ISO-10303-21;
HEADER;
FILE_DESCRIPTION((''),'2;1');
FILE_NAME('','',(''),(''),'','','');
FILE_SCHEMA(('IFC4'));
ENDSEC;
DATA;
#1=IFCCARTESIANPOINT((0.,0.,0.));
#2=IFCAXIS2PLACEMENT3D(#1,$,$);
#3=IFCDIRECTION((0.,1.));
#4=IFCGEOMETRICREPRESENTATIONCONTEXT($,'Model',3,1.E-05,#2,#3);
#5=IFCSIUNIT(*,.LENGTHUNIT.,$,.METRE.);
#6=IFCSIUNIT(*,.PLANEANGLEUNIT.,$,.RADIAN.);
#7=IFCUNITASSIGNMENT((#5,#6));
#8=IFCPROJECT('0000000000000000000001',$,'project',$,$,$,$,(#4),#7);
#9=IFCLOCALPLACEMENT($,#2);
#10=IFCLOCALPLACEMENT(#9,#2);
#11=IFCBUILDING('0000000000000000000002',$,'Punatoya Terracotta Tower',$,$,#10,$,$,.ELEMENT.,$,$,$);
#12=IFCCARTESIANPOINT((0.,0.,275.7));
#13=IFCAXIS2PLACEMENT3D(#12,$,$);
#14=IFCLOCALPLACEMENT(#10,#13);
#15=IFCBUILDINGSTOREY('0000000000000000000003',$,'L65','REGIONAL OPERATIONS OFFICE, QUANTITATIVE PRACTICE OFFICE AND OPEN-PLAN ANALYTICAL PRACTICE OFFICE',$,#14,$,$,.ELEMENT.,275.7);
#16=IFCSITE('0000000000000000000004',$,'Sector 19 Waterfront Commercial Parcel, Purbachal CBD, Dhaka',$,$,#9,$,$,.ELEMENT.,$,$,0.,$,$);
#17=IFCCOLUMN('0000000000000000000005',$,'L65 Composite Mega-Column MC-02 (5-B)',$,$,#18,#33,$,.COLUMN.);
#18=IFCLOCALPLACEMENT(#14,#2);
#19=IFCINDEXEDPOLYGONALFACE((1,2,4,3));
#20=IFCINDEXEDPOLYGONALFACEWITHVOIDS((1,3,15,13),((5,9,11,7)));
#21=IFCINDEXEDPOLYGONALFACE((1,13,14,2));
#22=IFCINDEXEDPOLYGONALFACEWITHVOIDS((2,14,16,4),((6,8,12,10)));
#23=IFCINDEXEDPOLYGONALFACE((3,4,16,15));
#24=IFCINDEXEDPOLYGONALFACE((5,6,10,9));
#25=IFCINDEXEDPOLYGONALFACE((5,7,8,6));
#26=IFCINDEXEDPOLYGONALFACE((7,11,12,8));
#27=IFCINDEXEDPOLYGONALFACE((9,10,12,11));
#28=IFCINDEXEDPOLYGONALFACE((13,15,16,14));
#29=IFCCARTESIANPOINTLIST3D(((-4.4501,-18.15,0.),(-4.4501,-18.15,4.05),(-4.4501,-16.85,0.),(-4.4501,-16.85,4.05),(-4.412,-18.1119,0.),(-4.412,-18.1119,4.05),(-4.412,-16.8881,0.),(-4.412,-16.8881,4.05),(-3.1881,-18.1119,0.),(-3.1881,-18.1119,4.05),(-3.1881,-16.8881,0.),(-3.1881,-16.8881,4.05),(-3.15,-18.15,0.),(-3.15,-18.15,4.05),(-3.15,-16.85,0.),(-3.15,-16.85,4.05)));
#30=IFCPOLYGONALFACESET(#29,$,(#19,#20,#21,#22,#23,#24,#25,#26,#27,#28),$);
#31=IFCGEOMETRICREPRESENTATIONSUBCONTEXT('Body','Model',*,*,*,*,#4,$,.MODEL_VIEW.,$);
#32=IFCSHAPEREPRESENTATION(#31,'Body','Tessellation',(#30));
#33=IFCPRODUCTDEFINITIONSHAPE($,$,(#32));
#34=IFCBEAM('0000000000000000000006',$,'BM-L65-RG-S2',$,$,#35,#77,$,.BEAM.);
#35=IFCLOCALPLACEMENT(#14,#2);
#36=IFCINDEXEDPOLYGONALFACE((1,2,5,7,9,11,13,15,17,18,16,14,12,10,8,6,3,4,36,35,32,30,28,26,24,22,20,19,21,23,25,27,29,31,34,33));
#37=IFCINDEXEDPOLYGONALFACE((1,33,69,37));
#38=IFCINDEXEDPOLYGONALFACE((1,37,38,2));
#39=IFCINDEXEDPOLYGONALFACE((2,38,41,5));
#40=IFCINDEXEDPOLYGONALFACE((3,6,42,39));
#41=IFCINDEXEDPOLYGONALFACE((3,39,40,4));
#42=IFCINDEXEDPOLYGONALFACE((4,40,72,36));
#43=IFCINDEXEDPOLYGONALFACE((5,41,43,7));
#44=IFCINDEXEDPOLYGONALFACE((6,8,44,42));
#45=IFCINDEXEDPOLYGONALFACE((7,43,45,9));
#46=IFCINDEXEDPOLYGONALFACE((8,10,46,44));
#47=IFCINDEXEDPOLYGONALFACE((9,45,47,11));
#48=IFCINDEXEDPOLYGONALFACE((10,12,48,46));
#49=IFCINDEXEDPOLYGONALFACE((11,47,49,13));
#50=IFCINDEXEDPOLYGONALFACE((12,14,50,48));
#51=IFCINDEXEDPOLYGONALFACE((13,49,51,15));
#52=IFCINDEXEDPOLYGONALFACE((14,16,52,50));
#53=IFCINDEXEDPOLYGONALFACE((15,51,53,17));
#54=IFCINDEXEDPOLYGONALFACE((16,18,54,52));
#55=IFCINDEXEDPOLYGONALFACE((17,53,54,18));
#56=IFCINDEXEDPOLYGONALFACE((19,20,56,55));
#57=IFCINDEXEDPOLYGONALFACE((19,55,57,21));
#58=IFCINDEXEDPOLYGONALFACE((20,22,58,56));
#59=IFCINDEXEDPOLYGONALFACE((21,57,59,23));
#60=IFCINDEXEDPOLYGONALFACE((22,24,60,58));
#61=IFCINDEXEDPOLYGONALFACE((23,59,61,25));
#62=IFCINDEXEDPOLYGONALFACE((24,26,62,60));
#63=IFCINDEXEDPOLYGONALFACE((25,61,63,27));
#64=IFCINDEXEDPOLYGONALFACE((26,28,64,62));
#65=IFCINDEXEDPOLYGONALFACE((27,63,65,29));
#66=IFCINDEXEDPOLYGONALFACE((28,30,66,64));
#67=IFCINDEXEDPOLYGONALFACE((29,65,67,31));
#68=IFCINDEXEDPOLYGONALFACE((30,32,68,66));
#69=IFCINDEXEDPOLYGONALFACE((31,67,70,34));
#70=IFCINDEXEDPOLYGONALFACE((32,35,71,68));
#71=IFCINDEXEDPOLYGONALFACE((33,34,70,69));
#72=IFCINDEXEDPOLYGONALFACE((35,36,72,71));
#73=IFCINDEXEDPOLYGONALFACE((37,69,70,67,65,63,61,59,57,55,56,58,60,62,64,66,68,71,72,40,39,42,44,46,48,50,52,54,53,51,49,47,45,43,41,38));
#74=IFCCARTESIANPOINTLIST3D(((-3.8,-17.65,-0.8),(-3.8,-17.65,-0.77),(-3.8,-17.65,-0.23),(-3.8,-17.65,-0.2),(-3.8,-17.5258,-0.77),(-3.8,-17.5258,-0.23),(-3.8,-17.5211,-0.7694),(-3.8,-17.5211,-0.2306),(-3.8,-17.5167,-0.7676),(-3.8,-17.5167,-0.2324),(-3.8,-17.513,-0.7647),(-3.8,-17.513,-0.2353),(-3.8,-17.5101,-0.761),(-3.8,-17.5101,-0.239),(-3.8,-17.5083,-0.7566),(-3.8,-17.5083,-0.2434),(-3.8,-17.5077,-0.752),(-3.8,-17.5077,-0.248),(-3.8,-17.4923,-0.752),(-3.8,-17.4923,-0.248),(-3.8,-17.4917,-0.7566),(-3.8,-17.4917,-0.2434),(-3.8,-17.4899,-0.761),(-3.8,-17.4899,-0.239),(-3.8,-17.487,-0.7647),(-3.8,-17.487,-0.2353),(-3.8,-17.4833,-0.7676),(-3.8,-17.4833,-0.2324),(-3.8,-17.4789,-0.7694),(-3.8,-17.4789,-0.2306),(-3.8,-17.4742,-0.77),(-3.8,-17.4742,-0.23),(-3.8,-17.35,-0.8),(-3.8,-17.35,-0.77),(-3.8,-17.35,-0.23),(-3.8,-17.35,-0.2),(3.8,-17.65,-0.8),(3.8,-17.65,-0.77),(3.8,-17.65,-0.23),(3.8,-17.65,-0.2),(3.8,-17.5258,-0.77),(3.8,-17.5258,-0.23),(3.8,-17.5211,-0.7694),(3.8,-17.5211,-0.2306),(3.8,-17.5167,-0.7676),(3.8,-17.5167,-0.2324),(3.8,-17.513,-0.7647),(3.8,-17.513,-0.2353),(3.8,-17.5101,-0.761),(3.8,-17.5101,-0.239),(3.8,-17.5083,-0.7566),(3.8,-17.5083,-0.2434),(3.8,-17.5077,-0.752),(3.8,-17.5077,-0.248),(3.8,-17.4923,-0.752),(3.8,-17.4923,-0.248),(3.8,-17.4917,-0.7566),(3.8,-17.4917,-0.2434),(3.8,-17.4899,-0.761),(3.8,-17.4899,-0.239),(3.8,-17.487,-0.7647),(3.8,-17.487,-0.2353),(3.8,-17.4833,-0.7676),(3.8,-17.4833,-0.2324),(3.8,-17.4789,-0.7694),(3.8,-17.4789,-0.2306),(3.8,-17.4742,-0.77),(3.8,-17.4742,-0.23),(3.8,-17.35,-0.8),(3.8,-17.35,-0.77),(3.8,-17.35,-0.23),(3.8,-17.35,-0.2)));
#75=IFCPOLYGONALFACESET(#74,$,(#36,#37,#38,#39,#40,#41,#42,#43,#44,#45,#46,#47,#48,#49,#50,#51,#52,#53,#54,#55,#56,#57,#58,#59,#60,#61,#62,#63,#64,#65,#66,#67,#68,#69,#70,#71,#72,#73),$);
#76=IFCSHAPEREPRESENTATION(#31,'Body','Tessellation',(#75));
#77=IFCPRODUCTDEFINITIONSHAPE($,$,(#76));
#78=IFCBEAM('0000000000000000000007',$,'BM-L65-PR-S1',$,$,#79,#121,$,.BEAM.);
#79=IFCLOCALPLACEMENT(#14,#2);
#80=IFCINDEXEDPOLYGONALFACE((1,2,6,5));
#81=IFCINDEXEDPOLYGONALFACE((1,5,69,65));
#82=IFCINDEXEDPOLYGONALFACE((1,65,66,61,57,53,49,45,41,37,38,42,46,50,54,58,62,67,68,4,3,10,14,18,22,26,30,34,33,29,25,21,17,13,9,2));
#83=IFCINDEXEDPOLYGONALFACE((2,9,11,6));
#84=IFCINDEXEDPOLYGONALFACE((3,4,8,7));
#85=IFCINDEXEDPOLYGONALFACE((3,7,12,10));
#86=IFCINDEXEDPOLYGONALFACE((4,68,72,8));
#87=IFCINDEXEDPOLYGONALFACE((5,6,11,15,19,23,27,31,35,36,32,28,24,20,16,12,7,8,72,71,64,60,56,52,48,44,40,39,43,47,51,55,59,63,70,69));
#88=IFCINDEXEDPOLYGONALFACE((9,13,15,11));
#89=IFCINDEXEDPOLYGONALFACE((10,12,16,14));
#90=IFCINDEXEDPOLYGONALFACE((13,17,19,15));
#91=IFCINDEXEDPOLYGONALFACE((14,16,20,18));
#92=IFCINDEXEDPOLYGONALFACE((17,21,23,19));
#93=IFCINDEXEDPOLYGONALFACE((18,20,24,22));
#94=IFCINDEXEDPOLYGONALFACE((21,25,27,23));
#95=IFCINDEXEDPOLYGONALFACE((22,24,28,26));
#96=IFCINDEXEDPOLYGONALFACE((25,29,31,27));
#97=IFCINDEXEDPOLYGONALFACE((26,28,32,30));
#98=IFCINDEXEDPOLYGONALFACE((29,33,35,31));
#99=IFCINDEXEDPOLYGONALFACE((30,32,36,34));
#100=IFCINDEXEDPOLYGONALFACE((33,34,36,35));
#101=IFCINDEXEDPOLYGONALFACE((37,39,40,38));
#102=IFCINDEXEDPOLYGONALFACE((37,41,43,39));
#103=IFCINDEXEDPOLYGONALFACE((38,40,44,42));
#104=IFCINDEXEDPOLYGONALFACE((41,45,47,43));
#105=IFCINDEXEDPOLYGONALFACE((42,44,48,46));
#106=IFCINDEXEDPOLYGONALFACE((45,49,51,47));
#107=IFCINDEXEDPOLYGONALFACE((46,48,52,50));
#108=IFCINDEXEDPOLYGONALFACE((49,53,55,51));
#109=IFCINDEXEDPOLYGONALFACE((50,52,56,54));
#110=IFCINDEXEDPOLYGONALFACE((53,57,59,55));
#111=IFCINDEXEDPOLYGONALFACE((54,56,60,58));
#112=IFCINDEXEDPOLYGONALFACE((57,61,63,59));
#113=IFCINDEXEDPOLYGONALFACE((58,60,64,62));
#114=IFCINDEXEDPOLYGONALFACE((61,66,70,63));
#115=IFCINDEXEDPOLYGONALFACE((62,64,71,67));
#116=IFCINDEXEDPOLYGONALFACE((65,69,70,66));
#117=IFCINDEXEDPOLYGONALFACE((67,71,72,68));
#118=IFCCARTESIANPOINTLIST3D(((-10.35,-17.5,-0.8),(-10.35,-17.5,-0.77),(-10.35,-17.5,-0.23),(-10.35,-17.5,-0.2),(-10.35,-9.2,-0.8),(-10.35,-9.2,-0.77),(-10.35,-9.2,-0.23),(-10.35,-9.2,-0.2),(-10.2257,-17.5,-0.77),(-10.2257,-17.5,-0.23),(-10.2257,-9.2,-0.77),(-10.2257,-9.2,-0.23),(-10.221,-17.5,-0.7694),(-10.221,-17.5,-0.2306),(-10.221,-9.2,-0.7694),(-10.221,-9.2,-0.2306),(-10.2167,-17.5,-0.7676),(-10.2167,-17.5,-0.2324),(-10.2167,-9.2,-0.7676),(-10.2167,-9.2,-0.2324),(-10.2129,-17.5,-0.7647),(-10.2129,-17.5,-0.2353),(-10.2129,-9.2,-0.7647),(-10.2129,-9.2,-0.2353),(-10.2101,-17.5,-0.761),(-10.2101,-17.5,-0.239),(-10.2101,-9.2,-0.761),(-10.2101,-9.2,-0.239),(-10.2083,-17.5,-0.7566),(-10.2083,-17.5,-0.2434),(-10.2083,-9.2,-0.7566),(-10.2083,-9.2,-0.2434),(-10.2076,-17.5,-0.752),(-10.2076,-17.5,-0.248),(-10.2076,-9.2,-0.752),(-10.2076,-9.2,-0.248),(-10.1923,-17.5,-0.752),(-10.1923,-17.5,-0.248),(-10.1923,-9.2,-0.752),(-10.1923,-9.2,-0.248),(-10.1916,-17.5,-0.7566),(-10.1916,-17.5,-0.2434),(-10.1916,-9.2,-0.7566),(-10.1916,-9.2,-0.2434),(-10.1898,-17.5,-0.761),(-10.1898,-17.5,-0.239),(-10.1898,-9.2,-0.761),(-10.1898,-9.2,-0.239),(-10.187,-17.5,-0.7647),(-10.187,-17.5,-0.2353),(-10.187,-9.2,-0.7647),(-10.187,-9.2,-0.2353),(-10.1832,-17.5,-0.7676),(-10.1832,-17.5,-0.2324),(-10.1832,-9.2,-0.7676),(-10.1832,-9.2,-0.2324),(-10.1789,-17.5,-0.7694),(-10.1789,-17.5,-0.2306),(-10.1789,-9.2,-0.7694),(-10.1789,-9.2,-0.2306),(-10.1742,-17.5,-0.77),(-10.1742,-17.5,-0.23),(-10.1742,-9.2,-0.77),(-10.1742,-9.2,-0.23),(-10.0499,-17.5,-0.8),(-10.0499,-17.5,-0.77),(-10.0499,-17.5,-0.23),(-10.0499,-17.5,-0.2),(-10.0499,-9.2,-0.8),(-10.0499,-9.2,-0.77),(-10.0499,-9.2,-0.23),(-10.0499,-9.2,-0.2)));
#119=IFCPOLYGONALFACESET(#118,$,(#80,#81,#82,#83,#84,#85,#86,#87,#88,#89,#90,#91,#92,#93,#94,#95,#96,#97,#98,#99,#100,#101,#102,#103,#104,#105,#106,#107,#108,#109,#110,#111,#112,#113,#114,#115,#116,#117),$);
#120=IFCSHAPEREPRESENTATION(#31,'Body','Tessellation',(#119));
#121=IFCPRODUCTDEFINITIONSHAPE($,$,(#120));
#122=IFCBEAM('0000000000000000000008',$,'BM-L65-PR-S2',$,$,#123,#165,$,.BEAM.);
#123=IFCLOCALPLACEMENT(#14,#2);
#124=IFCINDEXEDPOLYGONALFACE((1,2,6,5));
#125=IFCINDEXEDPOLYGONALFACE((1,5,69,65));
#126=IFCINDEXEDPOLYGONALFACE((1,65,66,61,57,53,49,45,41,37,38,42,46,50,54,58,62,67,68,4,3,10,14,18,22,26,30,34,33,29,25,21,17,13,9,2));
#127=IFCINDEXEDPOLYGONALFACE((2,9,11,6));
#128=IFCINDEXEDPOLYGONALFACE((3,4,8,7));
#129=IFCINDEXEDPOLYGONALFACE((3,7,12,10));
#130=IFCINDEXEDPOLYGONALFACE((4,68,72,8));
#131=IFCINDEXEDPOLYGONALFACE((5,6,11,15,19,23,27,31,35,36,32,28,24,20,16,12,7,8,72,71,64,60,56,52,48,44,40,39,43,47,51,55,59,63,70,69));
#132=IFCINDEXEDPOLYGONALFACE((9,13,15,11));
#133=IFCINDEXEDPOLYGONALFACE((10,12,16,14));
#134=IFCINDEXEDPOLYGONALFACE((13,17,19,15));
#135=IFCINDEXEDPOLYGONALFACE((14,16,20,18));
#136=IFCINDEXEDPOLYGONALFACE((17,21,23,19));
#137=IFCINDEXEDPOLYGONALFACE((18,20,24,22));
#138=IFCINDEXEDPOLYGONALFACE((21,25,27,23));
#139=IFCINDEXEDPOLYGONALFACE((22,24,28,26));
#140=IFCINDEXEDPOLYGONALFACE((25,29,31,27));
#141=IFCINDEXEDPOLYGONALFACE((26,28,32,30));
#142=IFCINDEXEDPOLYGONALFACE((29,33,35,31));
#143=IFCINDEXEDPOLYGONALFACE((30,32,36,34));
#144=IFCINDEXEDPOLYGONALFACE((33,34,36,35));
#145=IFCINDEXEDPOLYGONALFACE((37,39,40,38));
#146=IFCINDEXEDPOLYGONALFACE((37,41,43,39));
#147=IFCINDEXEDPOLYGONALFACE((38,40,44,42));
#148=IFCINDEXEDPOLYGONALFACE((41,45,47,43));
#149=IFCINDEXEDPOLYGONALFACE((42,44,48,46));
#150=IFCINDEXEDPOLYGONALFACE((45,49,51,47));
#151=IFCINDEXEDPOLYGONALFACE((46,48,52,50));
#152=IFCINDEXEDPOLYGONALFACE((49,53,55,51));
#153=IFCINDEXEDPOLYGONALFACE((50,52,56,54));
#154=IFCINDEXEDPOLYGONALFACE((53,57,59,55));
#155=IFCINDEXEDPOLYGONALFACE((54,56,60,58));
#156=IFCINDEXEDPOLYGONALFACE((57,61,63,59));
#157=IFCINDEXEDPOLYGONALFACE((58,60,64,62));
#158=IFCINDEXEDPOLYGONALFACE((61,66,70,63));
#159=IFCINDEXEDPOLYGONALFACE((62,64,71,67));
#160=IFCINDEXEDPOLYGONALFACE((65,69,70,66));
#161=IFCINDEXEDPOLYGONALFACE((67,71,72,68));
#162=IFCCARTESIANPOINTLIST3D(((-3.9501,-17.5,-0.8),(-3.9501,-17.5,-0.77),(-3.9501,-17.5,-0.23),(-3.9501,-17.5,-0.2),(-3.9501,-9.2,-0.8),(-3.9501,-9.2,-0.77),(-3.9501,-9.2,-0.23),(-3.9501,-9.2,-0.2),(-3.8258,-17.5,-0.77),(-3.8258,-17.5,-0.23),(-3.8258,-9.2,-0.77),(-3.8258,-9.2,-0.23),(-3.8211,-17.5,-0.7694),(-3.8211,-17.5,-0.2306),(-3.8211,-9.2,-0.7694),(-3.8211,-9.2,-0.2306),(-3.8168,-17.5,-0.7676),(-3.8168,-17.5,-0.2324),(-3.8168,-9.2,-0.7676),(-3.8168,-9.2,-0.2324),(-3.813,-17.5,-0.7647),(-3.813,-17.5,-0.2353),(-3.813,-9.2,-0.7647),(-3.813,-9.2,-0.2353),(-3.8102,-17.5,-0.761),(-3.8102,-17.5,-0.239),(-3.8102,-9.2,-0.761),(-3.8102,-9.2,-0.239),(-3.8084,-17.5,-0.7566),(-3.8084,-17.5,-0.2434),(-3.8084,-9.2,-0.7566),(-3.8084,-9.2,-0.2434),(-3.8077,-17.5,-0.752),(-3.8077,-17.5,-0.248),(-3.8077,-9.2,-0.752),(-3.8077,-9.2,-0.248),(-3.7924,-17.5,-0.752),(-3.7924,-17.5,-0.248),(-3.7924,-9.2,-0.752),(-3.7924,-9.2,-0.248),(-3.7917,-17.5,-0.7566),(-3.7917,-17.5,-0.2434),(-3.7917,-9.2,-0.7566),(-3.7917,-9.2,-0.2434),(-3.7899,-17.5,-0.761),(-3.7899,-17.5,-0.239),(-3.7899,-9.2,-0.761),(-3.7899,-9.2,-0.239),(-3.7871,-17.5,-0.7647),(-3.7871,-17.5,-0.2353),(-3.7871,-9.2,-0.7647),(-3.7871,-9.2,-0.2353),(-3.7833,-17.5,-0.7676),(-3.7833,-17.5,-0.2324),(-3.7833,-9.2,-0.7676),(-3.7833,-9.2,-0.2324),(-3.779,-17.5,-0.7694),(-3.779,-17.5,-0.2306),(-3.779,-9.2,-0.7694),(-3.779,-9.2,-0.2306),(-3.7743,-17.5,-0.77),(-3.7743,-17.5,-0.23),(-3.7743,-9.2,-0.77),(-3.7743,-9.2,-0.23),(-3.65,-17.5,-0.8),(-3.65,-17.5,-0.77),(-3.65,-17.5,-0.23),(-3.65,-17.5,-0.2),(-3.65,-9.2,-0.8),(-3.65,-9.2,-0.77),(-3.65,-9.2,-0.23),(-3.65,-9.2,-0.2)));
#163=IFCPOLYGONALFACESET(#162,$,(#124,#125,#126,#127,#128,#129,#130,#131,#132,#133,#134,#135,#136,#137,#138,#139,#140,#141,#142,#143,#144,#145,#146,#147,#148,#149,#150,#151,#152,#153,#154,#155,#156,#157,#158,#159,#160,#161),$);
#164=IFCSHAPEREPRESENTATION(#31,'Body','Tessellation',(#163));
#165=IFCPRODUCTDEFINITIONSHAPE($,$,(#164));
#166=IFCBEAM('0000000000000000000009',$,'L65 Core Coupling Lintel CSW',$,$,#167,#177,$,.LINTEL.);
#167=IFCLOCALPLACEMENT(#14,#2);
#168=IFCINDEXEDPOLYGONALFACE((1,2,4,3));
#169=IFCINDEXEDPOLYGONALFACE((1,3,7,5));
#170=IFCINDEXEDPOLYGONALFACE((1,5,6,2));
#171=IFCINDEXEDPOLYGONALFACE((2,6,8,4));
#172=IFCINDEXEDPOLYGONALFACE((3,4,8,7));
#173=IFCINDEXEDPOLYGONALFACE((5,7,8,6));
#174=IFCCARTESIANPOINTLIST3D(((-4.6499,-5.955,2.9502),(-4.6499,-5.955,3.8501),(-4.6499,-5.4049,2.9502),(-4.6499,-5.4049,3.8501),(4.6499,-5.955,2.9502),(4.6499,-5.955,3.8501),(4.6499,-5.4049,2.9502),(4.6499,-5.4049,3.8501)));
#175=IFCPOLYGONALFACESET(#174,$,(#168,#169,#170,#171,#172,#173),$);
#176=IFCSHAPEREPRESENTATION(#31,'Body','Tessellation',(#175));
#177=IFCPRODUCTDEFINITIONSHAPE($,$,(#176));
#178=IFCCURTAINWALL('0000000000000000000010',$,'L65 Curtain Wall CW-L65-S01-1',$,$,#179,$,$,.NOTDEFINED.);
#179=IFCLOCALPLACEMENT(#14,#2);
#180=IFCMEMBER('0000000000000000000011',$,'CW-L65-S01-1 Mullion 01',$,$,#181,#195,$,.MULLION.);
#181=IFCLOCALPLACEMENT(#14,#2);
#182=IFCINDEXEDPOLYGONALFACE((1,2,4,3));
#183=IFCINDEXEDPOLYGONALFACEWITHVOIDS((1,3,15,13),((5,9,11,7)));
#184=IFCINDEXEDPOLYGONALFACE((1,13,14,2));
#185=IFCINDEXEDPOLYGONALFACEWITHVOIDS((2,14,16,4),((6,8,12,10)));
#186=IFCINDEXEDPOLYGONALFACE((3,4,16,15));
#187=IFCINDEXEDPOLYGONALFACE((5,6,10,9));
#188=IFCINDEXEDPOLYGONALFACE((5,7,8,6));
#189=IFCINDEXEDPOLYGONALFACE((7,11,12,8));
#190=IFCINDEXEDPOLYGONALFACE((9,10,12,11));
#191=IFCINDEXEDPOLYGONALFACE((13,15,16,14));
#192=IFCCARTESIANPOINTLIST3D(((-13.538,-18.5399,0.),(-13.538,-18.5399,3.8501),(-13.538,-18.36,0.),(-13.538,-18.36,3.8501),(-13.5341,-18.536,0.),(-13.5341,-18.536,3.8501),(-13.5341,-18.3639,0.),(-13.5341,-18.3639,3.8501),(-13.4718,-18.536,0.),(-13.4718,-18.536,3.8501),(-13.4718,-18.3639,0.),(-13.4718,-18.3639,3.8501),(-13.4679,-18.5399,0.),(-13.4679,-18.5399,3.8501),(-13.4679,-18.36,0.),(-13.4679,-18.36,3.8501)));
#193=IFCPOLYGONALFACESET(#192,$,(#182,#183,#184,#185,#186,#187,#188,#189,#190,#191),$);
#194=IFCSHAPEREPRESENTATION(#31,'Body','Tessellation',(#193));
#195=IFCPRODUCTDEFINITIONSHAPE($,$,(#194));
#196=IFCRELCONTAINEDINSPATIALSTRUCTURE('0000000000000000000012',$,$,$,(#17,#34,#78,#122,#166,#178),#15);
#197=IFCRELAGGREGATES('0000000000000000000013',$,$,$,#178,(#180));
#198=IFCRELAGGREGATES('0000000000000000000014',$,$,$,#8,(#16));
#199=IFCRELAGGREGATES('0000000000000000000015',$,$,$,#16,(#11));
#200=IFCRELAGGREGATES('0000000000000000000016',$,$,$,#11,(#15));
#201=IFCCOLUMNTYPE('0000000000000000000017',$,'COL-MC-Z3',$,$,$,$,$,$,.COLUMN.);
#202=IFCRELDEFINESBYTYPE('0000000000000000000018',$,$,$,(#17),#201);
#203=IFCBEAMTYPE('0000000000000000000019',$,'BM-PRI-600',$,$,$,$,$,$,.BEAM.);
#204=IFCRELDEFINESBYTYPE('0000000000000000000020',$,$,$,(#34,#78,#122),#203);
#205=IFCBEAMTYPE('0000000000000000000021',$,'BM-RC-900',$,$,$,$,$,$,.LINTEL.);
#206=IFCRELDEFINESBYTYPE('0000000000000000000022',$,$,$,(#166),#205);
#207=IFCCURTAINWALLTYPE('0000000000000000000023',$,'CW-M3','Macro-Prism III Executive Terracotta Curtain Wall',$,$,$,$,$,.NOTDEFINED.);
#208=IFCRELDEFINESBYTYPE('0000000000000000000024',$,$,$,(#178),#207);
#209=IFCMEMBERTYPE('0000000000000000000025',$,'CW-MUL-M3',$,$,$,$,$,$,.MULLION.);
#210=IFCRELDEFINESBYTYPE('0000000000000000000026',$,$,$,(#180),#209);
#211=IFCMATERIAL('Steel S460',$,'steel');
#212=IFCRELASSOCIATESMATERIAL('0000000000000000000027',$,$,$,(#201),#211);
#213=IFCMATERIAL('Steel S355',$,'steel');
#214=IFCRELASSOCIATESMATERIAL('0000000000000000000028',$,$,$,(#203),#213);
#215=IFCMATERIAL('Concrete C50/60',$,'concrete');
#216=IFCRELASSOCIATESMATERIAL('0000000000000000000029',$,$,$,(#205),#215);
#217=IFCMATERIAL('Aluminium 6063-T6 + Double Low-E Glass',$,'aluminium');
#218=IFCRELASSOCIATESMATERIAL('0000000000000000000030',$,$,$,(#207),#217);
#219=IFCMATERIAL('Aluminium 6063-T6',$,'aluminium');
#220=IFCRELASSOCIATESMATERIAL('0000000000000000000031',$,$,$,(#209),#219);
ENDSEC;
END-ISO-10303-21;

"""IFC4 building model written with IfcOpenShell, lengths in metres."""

from ifc_helpers import new_model, si_unit, direction, frame, origin, origin_2d, place, context, subcontext, project, spatial, rectangle, hollow_rectangle, i_section, extrude, material, material_profile, profile_set, type_object, element, aggregate, save


model = new_model("IFC4")

# Units and contexts
model_context = context("Model", 3, precision=1e-05, world=origin(), true_north=direction((0.0, 1.0)))
body_context = subcontext(model_context, "Body", "Model", "MODEL_VIEW")
ifc_project = project(units=[si_unit("LENGTHUNIT", "METRE"), si_unit("PLANEANGLEUNIT", "RADIAN")], contexts=[model_context])

# Site, building, storey
site_placement = place(None, origin())
site = spatial("IfcSite", under=ifc_project, at=site_placement, Name="Sector 19 Waterfront Commercial Parcel, Purbachal CBD, Dhaka", CompositionType="ELEMENT", RefElevation=0.0)
building_placement = place(site_placement, origin())
building = spatial("IfcBuilding", under=site, at=building_placement, Name="Punatoya Terracotta Tower", CompositionType="ELEMENT")
storey_placement = place(building_placement, frame((0.0, 0.0, 275.7)))
storey = spatial("IfcBuildingStorey", under=building, at=storey_placement, Name="L65", Description="REGIONAL OPERATIONS OFFICE, QUANTITATIVE PRACTICE OFFICE AND OPEN-PLAN ANALYTICAL PRACTICE OFFICE", CompositionType="ELEMENT", Elevation=275.7)

# Column
ifc_material_1 = material(Name="Steel S460", Category="steel")
ifc_material_profile_1 = material_profile(ifc_material_1, hollow_rectangle(XDim=1.3, YDim=1.3, WallThickness=0.0381, at=origin_2d()))
ifc_profile_set_1 = profile_set([ifc_material_profile_1], Name="Steel S460")
column_type = type_object("IfcColumnType", Name="COL-MC-Z3", PredefinedType="COLUMN", material=ifc_profile_set_1)
column_placement = place(storey_placement, frame((-3.8, -17.5, 0.0), z_axis=(0.0, 0.0, 1.0), x_axis=(1.0, 0.0, 0.0)))
element("IfcColumn", 1, at=column_placement, inside=storey, type_object=column_type, Name="L65 Composite Mega-Column MC-02 (5-B)", PredefinedType="COLUMN", context=body_context, shape_type="SweptSolid", body=[
    extrude(hollow_rectangle(XDim=1.3, YDim=1.3, WallThickness=0.0381, at=origin_2d()), origin(), (0.0, 0.0, 1.0), 4.05),
])

# Beams
ifc_material_2 = material(Name="Steel S355", Category="steel")
ifc_material_profile_2 = material_profile(ifc_material_2, i_section(OverallWidth=0.3, OverallDepth=0.6001, WebThickness=0.0154, FlangeThickness=0.03, FilletRadius=0.0181, at=origin_2d()))
ifc_profile_set_2 = profile_set([ifc_material_profile_2], Name="Steel S355")
beam_type_1 = type_object("IfcBeamType", Name="BM-PRI-600", PredefinedType="BEAM", material=ifc_profile_set_2)
beam_1_placement = place(storey_placement, frame((-3.8, -17.5, -0.5), z_axis=(1.0, 0.0, 0.0), x_axis=(0.0, 1.0, 0.0)))
element("IfcBeam", 2, at=beam_1_placement, inside=storey, type_object=beam_type_1, Name="BM-L65-RG-S2", PredefinedType="BEAM", context=body_context, shape_type="SweptSolid", body=[
    extrude(i_section(OverallWidth=0.3, OverallDepth=0.6001, WebThickness=0.0154, FlangeThickness=0.03, FilletRadius=0.0181, at=origin_2d()), origin(), (0.0, 0.0, 1.0), 7.6001),
])
for number, where, z_axis, x_axis, name in (
    (3, (-10.2, -17.5, -0.5), (0.0, 1.0, 0.0), (-1.0, 0.0, 0.0), "BM-L65-PR-S1"),
    (4, (-3.8, -17.5, -0.5), (0.0, 1.0, 0.0), (-1.0, 0.0, 0.0), "BM-L65-PR-S2"),
):
    element("IfcBeam", number, at=place(storey_placement, frame(where, z_axis=z_axis, x_axis=x_axis)), inside=storey, type_object=beam_type_1, Name=name, PredefinedType="BEAM", context=body_context, shape_type="SweptSolid", body=[
        extrude(i_section(OverallWidth=0.3, OverallDepth=0.6001, WebThickness=0.0154, FlangeThickness=0.03, FilletRadius=0.0181, at=origin_2d()), origin(), (0.0, 0.0, 1.0), 8.3),
    ])
ifc_material_3 = material(Name="Concrete C50/60", Category="concrete")
ifc_material_profile_3 = material_profile(ifc_material_3, rectangle(XDim=0.55, YDim=0.8999, at=origin_2d()))
ifc_profile_set_3 = profile_set([ifc_material_profile_3], Name="Concrete C50/60")
beam_type_2 = type_object("IfcBeamType", Name="BM-RC-900", PredefinedType="LINTEL", material=ifc_profile_set_3)
beam_2_placement = place(storey_placement, frame((-4.6499, -5.6799, 3.4001), z_axis=(1.0, 0.0, 0.0), x_axis=(0.0, 1.0, 0.0)))
element("IfcBeam", 5, at=beam_2_placement, inside=storey, type_object=beam_type_2, Name="L65 Core Coupling Lintel CSW", PredefinedType="LINTEL", context=body_context, shape_type="SweptSolid", body=[
    extrude(rectangle(XDim=0.55, YDim=0.8999, at=origin_2d()), origin(), (0.0, 0.0, 1.0), 9.2998),
])

# Curtain wall, member
ifc_material_4 = material(Name="Aluminium 6063-T6 + Double Low-E Glass", Category="aluminium")
curtain_wall_type = type_object("IfcCurtainWallType", Name="CW-M3", Description="Macro-Prism III Executive Terracotta Curtain Wall", PredefinedType="NOTDEFINED", material=ifc_material_4)
curtain_wall_placement = place(storey_placement, origin())
curtain_wall = element("IfcCurtainWall", 6, at=curtain_wall_placement, inside=storey, type_object=curtain_wall_type, Name="L65 Curtain Wall CW-L65-S01-1", PredefinedType="NOTDEFINED")
ifc_material_5 = material(Name="Aluminium 6063-T6", Category="aluminium")
ifc_material_profile_4 = material_profile(ifc_material_5, hollow_rectangle(XDim=0.0701, YDim=0.1799, WallThickness=0.0039, at=origin_2d()))
ifc_profile_set_4 = profile_set([ifc_material_profile_4], Name="Aluminium 6063-T6")
member_type = type_object("IfcMemberType", Name="CW-MUL-M3", PredefinedType="MULLION", material=ifc_profile_set_4)
member_1_placement = place(storey_placement, frame((-13.5029, -18.45, 0.0), z_axis=(0.0, 0.0, 1.0), x_axis=(1.0, 0.0, 0.0)))
member_1 = element("IfcMember", 7, at=member_1_placement, type_object=member_type, Name="CW-L65-S01-1 Mullion 01", PredefinedType="MULLION", context=body_context, shape_type="SweptSolid", body=[
    extrude(hollow_rectangle(XDim=0.0701, YDim=0.1799, WallThickness=0.0039, at=origin_2d()), origin(), (0.0, 0.0, 1.0), 3.8501),
])
aggregate(curtain_wall, [member_1])

save(model, "model.ifc")
